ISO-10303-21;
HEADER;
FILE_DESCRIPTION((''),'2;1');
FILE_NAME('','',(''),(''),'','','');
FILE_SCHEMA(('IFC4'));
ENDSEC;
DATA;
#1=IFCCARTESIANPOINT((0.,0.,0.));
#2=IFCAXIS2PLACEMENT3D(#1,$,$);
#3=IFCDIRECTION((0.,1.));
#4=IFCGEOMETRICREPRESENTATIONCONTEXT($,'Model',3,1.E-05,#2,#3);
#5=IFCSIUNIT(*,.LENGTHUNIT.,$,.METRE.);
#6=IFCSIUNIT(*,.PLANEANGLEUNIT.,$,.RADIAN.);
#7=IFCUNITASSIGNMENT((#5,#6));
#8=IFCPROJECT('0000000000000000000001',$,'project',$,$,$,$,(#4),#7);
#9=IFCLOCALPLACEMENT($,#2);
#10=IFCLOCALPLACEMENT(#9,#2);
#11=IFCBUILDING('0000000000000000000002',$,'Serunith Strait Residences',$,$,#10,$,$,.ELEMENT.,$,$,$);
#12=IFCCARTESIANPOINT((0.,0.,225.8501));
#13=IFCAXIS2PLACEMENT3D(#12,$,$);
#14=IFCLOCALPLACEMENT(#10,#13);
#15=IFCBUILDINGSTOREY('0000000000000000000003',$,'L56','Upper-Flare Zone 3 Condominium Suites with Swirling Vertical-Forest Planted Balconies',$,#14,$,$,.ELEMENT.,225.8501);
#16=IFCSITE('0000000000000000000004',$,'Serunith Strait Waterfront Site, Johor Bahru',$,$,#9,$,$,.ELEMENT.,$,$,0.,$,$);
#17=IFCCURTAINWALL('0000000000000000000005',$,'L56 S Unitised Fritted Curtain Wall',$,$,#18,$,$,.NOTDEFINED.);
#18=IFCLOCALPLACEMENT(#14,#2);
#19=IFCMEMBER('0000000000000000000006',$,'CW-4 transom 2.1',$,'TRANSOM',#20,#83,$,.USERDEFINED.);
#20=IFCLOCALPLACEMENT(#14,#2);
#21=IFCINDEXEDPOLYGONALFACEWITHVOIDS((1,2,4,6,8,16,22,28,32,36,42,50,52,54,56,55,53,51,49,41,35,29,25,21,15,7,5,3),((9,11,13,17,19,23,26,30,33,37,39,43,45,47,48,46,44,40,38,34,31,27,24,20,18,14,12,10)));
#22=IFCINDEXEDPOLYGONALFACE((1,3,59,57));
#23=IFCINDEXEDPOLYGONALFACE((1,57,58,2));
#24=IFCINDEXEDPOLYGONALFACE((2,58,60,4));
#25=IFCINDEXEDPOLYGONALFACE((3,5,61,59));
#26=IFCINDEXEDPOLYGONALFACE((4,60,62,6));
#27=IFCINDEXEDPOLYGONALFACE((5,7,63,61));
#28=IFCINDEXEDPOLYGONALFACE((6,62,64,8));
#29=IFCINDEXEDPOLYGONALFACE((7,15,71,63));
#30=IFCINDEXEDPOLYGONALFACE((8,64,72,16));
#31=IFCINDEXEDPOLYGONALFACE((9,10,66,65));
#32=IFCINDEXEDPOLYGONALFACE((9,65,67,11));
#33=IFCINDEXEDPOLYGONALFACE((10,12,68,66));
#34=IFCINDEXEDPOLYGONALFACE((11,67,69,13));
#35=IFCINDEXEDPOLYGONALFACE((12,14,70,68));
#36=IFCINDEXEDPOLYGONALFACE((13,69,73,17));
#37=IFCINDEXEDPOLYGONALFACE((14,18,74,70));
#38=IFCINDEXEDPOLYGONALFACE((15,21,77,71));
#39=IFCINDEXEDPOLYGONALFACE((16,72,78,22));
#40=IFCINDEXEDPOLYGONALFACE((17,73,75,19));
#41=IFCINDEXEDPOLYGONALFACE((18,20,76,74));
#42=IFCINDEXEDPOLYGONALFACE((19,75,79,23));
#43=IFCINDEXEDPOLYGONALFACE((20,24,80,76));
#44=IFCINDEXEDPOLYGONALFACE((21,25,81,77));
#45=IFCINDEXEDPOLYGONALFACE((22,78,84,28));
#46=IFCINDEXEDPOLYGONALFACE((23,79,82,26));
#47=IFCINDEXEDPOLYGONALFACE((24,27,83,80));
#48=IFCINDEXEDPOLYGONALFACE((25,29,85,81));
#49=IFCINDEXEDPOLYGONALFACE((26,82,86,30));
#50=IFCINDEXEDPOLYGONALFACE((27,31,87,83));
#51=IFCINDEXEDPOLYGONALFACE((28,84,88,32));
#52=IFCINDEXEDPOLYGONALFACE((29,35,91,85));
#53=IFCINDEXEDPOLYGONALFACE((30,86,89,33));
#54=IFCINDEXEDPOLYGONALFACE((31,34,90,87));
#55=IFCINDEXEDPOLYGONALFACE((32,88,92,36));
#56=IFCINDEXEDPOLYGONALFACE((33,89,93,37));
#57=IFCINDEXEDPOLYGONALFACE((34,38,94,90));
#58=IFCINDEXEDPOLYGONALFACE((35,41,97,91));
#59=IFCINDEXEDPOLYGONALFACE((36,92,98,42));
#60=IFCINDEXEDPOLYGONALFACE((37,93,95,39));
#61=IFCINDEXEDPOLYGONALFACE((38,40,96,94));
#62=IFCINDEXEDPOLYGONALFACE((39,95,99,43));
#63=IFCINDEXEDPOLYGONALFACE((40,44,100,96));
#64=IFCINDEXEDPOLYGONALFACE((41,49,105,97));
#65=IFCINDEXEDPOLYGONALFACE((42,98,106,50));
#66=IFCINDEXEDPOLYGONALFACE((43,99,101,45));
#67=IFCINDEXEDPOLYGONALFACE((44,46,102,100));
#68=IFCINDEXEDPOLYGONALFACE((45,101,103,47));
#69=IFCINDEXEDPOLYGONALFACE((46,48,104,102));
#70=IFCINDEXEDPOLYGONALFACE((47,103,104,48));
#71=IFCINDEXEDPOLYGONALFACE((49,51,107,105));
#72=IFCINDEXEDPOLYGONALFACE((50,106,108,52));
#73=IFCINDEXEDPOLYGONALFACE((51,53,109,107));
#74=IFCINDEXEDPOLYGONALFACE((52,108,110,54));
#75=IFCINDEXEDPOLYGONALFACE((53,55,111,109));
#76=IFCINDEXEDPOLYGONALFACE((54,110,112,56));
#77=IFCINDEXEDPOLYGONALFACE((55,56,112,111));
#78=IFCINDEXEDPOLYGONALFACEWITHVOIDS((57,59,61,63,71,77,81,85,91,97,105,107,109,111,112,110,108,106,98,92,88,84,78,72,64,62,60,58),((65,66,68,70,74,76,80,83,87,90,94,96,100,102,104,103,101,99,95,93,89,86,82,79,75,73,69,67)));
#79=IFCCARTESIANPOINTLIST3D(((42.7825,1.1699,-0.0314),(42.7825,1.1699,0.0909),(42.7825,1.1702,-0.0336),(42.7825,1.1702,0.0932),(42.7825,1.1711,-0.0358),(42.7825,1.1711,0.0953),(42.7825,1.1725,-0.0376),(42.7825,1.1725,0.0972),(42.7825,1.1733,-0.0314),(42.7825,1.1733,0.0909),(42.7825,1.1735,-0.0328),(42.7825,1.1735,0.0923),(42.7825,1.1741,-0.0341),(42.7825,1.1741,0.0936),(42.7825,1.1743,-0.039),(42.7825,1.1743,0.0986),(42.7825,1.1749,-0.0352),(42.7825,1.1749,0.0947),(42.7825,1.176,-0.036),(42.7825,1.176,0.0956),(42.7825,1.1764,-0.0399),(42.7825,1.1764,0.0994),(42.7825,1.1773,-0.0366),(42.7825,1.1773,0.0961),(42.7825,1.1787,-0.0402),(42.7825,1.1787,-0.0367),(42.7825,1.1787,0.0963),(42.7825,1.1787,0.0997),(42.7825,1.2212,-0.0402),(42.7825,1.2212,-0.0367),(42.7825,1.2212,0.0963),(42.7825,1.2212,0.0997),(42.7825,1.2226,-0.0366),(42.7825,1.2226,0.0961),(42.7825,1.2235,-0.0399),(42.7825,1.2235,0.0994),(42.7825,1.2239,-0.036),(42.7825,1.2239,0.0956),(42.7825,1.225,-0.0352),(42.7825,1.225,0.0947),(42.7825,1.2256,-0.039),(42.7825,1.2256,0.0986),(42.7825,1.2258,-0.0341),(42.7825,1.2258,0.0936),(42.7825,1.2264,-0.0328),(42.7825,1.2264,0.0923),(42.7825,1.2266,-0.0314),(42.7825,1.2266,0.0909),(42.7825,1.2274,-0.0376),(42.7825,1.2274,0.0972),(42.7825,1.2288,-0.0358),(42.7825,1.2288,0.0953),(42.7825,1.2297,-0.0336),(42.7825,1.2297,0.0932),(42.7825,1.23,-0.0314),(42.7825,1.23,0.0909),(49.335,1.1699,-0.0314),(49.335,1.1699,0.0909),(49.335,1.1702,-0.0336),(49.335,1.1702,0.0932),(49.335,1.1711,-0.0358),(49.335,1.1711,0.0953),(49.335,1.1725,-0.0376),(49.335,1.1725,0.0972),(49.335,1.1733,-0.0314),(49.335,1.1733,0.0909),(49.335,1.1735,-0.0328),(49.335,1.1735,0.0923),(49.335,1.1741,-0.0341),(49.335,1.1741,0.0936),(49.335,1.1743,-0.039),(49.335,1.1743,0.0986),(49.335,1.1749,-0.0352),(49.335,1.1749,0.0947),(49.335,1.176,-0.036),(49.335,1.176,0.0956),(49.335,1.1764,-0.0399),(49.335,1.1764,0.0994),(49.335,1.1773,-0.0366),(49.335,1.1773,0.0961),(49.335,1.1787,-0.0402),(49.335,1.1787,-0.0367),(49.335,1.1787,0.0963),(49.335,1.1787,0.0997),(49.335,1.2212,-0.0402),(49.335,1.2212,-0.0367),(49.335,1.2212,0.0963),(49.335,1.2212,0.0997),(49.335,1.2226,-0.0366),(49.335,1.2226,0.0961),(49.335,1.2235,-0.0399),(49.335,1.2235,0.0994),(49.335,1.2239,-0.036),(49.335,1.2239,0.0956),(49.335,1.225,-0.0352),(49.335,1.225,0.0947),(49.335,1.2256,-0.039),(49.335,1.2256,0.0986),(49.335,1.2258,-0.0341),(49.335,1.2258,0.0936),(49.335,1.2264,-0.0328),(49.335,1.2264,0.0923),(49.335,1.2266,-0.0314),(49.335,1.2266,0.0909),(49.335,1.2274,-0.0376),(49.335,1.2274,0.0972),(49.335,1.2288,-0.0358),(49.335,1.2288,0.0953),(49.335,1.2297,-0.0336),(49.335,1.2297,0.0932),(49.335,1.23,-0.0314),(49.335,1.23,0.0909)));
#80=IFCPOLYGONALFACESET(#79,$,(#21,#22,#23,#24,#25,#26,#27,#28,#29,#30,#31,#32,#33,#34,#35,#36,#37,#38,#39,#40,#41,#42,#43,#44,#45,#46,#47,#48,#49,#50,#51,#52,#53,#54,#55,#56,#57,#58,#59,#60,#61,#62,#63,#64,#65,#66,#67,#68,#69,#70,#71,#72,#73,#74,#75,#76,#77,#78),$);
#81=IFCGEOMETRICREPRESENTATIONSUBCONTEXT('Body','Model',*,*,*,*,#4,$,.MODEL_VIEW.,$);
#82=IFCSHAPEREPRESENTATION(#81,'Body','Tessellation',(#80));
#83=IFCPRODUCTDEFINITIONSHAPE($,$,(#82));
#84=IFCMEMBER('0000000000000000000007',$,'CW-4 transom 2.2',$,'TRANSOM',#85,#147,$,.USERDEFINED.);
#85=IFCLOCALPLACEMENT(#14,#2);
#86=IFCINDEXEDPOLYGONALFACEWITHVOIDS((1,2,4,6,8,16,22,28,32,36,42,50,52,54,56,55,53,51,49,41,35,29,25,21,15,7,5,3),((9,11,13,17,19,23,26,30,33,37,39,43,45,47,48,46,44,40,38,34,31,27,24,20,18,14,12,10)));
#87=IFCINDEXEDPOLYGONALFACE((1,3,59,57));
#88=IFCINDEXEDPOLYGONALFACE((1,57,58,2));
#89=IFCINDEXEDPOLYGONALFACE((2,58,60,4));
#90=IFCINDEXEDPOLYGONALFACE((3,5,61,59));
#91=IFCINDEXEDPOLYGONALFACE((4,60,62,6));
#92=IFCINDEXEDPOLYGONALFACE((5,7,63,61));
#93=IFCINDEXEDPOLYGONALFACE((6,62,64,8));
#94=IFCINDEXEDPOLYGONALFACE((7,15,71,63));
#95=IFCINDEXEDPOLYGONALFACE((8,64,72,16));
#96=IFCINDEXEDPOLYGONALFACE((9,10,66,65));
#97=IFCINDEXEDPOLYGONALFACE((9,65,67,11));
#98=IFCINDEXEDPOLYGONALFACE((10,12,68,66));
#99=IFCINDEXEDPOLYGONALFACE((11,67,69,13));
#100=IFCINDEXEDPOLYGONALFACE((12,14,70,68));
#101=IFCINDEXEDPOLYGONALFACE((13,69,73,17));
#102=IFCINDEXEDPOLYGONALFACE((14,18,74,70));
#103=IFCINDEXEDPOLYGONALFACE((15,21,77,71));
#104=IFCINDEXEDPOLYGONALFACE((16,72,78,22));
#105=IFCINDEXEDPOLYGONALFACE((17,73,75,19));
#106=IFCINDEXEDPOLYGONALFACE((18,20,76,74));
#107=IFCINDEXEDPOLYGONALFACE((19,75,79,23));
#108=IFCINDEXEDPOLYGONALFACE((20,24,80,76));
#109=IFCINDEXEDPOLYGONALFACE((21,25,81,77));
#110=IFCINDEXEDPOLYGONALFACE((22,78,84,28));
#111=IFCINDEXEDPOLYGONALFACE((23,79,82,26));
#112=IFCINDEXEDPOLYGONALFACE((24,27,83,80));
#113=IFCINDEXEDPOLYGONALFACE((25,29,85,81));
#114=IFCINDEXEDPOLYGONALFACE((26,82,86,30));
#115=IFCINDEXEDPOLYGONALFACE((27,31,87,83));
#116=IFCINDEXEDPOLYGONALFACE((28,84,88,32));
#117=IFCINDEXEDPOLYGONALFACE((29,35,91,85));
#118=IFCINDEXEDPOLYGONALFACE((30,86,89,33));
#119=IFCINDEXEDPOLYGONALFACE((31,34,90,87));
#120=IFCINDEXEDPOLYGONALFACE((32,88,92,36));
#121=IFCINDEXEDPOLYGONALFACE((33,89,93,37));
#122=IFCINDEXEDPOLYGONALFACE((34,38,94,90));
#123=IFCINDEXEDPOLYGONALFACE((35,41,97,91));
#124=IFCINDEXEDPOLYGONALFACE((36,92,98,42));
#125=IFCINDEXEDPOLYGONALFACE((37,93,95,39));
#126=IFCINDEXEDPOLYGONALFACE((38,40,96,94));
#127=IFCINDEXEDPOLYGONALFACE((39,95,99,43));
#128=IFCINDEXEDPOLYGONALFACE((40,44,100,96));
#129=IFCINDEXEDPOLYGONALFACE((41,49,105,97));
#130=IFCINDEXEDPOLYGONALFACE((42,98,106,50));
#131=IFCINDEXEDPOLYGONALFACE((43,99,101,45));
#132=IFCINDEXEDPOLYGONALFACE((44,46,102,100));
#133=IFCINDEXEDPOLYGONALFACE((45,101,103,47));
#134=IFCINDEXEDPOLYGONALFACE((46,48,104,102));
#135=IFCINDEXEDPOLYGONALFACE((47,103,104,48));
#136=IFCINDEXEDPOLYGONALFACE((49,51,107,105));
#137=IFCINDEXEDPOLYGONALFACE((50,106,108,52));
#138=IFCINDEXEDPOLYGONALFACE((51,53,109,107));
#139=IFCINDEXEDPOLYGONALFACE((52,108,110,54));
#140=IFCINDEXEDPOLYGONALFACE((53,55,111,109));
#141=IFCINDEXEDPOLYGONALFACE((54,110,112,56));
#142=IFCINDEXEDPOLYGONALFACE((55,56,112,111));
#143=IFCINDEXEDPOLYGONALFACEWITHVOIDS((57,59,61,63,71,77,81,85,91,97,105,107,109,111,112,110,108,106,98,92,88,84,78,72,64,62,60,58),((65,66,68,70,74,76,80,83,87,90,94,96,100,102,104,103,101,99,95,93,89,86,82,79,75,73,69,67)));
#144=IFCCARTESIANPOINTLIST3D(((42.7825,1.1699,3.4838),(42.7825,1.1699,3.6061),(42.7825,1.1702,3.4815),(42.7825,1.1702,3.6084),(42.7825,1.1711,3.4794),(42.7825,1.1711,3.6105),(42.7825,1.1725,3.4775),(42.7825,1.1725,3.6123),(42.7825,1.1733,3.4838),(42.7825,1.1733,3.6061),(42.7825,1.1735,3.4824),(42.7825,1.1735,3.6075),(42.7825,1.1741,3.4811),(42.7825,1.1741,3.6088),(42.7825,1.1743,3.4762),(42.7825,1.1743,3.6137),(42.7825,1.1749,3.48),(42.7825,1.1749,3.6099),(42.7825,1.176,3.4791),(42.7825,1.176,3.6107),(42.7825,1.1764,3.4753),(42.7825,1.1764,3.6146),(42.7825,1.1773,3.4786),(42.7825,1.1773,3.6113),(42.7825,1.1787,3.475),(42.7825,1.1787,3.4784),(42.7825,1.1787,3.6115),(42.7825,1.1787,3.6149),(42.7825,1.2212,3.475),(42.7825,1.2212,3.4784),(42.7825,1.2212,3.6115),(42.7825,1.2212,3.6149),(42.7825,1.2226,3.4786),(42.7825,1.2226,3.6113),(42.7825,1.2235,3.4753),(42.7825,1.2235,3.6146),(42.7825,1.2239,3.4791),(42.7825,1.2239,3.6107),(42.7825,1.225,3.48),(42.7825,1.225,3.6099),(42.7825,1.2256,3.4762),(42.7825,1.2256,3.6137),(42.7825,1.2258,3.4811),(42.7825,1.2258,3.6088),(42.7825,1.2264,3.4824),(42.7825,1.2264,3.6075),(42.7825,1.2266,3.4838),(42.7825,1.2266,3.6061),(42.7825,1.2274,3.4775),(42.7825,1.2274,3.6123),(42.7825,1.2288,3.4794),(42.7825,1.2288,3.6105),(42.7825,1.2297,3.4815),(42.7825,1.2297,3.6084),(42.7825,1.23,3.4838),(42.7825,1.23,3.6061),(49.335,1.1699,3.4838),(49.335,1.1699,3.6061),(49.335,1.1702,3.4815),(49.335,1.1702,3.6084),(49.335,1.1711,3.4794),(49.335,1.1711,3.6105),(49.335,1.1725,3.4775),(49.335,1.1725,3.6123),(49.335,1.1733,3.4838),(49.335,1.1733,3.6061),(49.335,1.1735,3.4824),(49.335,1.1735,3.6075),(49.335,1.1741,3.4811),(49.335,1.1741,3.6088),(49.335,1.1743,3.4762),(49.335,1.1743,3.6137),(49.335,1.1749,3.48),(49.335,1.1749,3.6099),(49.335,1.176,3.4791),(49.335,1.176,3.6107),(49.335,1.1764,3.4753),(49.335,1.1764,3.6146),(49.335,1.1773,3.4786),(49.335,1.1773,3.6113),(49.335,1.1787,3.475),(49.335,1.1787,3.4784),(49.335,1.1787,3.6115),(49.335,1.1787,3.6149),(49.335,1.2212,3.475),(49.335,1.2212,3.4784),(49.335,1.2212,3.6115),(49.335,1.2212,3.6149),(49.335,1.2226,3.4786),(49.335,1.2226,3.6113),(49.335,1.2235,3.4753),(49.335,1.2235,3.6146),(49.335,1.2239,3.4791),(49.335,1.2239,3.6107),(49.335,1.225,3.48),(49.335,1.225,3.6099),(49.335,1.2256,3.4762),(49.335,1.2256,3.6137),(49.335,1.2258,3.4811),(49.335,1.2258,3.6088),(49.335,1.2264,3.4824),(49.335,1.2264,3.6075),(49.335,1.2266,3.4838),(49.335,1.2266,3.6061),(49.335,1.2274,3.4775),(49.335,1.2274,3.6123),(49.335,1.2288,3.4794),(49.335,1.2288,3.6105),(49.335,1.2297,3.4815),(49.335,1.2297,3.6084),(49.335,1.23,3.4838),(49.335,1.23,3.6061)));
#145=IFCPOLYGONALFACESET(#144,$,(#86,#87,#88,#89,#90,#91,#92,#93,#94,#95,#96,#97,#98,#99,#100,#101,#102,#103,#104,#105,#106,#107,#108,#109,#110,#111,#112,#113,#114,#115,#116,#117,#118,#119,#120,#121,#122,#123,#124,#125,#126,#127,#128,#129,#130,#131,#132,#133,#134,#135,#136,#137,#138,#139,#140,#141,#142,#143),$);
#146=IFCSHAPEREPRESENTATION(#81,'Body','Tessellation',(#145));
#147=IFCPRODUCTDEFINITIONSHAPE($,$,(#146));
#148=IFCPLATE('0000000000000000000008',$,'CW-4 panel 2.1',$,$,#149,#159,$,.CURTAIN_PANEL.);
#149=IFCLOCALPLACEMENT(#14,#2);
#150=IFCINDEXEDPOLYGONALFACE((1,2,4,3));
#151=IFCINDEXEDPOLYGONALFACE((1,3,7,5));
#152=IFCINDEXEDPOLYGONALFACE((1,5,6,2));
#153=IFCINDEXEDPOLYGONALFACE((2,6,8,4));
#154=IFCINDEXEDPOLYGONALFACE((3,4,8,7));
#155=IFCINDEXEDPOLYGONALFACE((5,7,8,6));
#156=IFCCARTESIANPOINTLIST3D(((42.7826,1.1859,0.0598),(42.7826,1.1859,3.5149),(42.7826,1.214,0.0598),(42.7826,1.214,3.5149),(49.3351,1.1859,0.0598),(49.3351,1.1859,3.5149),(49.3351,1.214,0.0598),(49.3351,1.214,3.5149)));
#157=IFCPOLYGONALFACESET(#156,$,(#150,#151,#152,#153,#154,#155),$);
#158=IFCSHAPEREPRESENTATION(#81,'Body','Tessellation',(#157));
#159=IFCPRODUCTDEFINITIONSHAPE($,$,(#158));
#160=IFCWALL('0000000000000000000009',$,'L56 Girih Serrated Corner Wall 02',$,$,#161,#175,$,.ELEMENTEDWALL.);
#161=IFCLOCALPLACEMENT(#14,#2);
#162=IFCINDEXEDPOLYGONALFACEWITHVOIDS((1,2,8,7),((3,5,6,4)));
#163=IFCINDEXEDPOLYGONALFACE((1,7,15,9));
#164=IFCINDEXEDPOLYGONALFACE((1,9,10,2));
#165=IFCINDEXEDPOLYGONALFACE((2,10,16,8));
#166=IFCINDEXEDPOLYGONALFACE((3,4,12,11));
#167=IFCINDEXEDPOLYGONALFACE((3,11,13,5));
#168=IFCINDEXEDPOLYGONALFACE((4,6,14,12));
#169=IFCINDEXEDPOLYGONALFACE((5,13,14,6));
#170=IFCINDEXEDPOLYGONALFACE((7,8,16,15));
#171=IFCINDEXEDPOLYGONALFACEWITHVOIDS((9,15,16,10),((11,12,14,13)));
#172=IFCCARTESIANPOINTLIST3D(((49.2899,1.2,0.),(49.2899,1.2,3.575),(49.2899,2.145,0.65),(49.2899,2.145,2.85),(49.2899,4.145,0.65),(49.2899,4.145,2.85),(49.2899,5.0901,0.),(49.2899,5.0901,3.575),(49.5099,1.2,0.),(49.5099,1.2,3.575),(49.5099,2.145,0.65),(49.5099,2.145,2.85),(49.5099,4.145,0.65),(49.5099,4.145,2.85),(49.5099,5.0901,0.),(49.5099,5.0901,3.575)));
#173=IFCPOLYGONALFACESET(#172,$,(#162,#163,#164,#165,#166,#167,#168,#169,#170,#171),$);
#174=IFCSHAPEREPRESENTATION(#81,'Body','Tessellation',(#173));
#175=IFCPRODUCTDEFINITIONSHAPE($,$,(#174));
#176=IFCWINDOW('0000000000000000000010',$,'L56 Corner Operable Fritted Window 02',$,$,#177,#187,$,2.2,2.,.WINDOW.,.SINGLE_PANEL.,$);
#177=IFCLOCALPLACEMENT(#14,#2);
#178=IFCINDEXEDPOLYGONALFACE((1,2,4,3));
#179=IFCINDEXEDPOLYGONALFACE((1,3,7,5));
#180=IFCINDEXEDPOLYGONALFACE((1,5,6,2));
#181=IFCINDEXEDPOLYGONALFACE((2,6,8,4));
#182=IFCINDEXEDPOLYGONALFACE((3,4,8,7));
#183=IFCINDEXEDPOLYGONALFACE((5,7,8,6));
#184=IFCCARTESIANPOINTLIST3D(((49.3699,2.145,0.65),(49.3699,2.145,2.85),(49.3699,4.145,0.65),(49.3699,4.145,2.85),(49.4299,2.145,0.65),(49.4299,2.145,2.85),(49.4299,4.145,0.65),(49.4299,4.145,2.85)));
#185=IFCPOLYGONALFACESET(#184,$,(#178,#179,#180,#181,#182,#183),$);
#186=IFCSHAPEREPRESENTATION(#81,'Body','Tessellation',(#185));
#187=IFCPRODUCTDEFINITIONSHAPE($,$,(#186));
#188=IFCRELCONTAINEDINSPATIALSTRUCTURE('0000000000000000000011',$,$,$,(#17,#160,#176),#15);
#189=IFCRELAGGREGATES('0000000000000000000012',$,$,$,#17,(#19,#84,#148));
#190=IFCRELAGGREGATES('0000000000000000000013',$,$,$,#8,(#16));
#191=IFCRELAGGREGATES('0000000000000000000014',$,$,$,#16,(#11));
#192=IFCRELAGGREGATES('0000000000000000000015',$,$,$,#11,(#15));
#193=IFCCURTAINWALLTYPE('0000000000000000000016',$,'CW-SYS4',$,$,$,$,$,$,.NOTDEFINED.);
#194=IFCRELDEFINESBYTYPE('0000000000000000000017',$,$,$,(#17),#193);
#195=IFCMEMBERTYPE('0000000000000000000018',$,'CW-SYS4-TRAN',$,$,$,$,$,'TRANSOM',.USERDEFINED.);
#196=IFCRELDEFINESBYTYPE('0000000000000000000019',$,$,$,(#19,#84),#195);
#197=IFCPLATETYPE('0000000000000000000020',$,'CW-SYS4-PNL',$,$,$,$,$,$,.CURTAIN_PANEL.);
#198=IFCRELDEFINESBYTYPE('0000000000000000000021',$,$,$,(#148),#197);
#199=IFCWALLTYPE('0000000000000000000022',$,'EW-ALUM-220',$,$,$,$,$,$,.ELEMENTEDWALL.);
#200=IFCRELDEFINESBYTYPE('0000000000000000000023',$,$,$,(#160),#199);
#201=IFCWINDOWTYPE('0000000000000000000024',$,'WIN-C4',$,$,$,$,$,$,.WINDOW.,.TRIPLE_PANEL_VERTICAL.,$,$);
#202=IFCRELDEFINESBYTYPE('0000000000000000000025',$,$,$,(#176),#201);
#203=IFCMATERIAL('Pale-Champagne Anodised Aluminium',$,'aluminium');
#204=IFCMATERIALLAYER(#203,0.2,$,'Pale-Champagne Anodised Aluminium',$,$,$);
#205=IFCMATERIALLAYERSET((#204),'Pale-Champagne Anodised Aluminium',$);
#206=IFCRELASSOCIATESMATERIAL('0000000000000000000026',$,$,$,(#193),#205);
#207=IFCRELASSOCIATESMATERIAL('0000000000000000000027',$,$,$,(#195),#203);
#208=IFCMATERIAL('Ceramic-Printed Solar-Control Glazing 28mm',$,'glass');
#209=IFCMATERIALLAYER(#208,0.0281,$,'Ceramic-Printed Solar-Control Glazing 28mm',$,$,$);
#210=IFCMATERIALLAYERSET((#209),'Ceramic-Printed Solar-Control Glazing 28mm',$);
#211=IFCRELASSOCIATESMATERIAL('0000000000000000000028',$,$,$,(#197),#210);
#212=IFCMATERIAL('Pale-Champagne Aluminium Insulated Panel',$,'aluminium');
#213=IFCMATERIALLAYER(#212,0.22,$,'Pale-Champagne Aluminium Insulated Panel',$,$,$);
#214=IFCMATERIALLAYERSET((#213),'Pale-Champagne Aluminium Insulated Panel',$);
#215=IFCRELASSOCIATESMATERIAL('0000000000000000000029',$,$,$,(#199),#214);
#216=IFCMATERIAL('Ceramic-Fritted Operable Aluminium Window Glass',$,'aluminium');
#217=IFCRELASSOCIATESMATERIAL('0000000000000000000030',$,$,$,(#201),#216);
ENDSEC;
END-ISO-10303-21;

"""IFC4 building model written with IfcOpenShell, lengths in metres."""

from ifc_helpers import new_model, si_unit, direction, frame, frame_2d, origin, origin_2d, place, context, subcontext, project, spatial, rectangle, hollow_rectangle, extrude, source, transform, mapped, material, layer, layer_set, material_profile, profile_set, type_object, element, fill, aggregate, save


model = new_model("IFC4")

# Units and contexts
model_context = context("Model", 3, precision=1e-05, world=origin(), true_north=direction((0.0, 1.0)))
body_context = subcontext(model_context, "Body", "Model", "MODEL_VIEW")
ifc_project = project(units=[si_unit("LENGTHUNIT", "METRE"), si_unit("PLANEANGLEUNIT", "RADIAN")], contexts=[model_context])

# Site, building, storey
site_placement = place(None, origin())
site = spatial("IfcSite", under=ifc_project, at=site_placement, Name="Serunith Strait Waterfront Site, Johor Bahru", CompositionType="ELEMENT", RefElevation=0.0)
building_placement = place(site_placement, origin())
building = spatial("IfcBuilding", under=site, at=building_placement, Name="Serunith Strait Residences", CompositionType="ELEMENT")
storey_placement = place(building_placement, frame((0.0, 0.0, 225.8501)))
storey = spatial("IfcBuildingStorey", under=building, at=storey_placement, Name="L56", Description="Upper-Flare Zone 3 Condominium Suites with Swirling Vertical-Forest Planted Balconies", CompositionType="ELEMENT", Elevation=225.8501)

# Curtain wall
ifc_material_1 = material(Name="Pale-Champagne Anodised Aluminium", Category="aluminium")
ifc_layer_1 = layer(ifc_material_1, 0.2, Name="Pale-Champagne Anodised Aluminium")
ifc_layer_set_1 = layer_set([ifc_layer_1], Name="Pale-Champagne Anodised Aluminium")
curtain_wall_type = type_object("IfcCurtainWallType", Name="CW-SYS4", PredefinedType="NOTDEFINED", material=ifc_layer_set_1)
curtain_wall_1_placement = place(storey_placement, origin())
curtain_wall_1 = element("IfcCurtainWall", 1, at=curtain_wall_1_placement, inside=storey, type_object=curtain_wall_type, Name="L56 S Unitised Fritted Curtain Wall", PredefinedType="NOTDEFINED")

# Shared definitions
ifc_material_profile_1 = material_profile(ifc_material_1, hollow_rectangle(XDim=0.0601, YDim=0.1399, WallThickness=0.0034, InnerFilletRadius=0.0054, OuterFilletRadius=0.0088, at=origin_2d()), Name="ALU 140x60x3.5")
ifc_profile_set_1 = profile_set([ifc_material_profile_1], Name="Pale-Champagne Anodised Aluminium")
member_type_1 = type_object("IfcMemberType", Name="CW-SYS4-TRAN", ElementType="TRANSOM", PredefinedType="USERDEFINED", material=ifc_profile_set_1)

# Members
shared_shape_1 = source(origin(), body_context, "Body", "SweptSolid", [
    extrude(hollow_rectangle(XDim=0.0601, YDim=0.1399, WallThickness=0.0034, InnerFilletRadius=0.0054, OuterFilletRadius=0.0088, at=origin_2d()), origin(), (0.0, 0.0, 1.0), 6.5525),
])
member_1_placement = place(storey_placement, frame((42.7825, 1.2, 0.0298), z_axis=(1.0, 0.0, 0.0), x_axis=(0.0, 1.0, 0.0)))
member_1 = element("IfcMember", 2, at=member_1_placement, type_object=member_type_1, Name="CW-4 transom 2.1", ObjectType="TRANSOM", PredefinedType="USERDEFINED", context=body_context, shape_type="MappedRepresentation", body=[
    mapped(shared_shape_1, transform((0.0, 0.0, 0.0), scale=1.0)),
])
member_2_placement = place(storey_placement, frame((42.7825, 1.2, 3.5449), z_axis=(1.0, 0.0, 0.0), x_axis=(0.0, 1.0, 0.0)))
member_2 = element("IfcMember", 3, at=member_2_placement, type_object=member_type_1, Name="CW-4 transom 2.2", ObjectType="TRANSOM", PredefinedType="USERDEFINED", context=body_context, shape_type="MappedRepresentation", body=[
    mapped(shared_shape_1, transform((0.0, 0.0, 0.0), scale=1.0)),
])

# Plate
ifc_material_2 = material(Name="Ceramic-Printed Solar-Control Glazing 28mm", Category="glass")
ifc_layer_2 = layer(ifc_material_2, 0.0281, Name="Ceramic-Printed Solar-Control Glazing 28mm")
ifc_layer_set_2 = layer_set([ifc_layer_2], Name="Ceramic-Printed Solar-Control Glazing 28mm")
plate_type = type_object("IfcPlateType", Name="CW-SYS4-PNL", PredefinedType="CURTAIN_PANEL", material=ifc_layer_set_2)
shared_shape_2 = source(origin(), body_context, "Body", "SweptSolid", [
    extrude(rectangle(XDim=6.5525, YDim=0.0281, at=origin_2d()), origin(), (0.0, 0.0, 1.0), 3.4551),
])
plate_placement = place(storey_placement, frame((46.0588, 1.2, 0.0598), z_axis=(0.0, 0.0, 1.0), x_axis=(1.0, 0.0, 0.0)))
plate = element("IfcPlate", 4, at=plate_placement, type_object=plate_type, Name="CW-4 panel 2.1", PredefinedType="CURTAIN_PANEL", context=body_context, shape_type="MappedRepresentation", body=[
    mapped(shared_shape_2, transform((0.0, 0.0, 0.0), scale=1.0)),
])
aggregate(curtain_wall_1, [member_1, member_2, plate])

# Wall, opening, window
ifc_material_3 = material(Name="Pale-Champagne Aluminium Insulated Panel", Category="aluminium")
ifc_layer_3 = layer(ifc_material_3, 0.22, Name="Pale-Champagne Aluminium Insulated Panel")
ifc_layer_set_3 = layer_set([ifc_layer_3], Name="Pale-Champagne Aluminium Insulated Panel")
wall_type = type_object("IfcWallType", Name="EW-ALUM-220", PredefinedType="ELEMENTEDWALL", material=ifc_layer_set_3)
wall_1_placement = place(storey_placement, frame((49.3999, 1.2, 0.0), z_axis=(0.0, 0.0, 1.0), x_axis=(0.0, 1.0, 0.0)))
wall_1 = element("IfcWall", 5, at=wall_1_placement, inside=storey, type_object=wall_type, Name="L56 Girih Serrated Corner Wall 02", PredefinedType="ELEMENTEDWALL", context=body_context, shape_type="SweptSolid", body=[
    extrude(rectangle(XDim=3.8901, YDim=0.22, at=frame_2d((1.9451, 0.0))), origin(), (0.0, 0.0, 1.0), 3.575),
])
opening_1_placement = place(wall_1_placement, frame((0.9451, 0.0, 0.6499)))
opening_1 = element("IfcOpeningElement", 6, at=opening_1_placement, cuts=wall_1, PredefinedType="OPENING", context=body_context, shape_type="SweptSolid", body=[
    extrude(rectangle(XDim=2.0, YDim=2.2, at=frame_2d((1.0, 1.1001))), frame((0.0, 0.1201, 0.0), z_axis=(0.0, -1.0, 0.0), x_axis=(1.0, 0.0, 0.0)), (0.0, 0.0, 1.0), 0.24),
])
ifc_material_4 = material(Name="Ceramic-Fritted Operable Aluminium Window Glass", Category="aluminium")
window_type = type_object("IfcWindowType", Name="WIN-C4", PartitioningType="TRIPLE_PANEL_VERTICAL", PredefinedType="WINDOW", material=ifc_material_4)
shared_shape_3 = source(origin(), body_context, "Body", "SweptSolid", [
    extrude(rectangle(XDim=2.0, YDim=2.2, at=frame_2d((1.0, 1.1001))), frame((0.0, 0.03, 0.0), z_axis=(0.0, -1.0, 0.0), x_axis=(1.0, 0.0, 0.0)), (0.0, 0.0, 1.0), 0.0601),
])
window_1_placement = place(opening_1_placement, origin())
window_1 = element("IfcWindow", 7, at=window_1_placement, inside=storey, type_object=window_type, Name="L56 Corner Operable Fritted Window 02", OverallHeight=2.2, OverallWidth=2.0, PartitioningType="SINGLE_PANEL", PredefinedType="WINDOW", context=body_context, shape_type="MappedRepresentation", body=[
    mapped(shared_shape_3, transform((0.0, 0.0, 0.0), scale=1.0)),
])
fill(opening_1, window_1)

save(model, "model.ifc")
